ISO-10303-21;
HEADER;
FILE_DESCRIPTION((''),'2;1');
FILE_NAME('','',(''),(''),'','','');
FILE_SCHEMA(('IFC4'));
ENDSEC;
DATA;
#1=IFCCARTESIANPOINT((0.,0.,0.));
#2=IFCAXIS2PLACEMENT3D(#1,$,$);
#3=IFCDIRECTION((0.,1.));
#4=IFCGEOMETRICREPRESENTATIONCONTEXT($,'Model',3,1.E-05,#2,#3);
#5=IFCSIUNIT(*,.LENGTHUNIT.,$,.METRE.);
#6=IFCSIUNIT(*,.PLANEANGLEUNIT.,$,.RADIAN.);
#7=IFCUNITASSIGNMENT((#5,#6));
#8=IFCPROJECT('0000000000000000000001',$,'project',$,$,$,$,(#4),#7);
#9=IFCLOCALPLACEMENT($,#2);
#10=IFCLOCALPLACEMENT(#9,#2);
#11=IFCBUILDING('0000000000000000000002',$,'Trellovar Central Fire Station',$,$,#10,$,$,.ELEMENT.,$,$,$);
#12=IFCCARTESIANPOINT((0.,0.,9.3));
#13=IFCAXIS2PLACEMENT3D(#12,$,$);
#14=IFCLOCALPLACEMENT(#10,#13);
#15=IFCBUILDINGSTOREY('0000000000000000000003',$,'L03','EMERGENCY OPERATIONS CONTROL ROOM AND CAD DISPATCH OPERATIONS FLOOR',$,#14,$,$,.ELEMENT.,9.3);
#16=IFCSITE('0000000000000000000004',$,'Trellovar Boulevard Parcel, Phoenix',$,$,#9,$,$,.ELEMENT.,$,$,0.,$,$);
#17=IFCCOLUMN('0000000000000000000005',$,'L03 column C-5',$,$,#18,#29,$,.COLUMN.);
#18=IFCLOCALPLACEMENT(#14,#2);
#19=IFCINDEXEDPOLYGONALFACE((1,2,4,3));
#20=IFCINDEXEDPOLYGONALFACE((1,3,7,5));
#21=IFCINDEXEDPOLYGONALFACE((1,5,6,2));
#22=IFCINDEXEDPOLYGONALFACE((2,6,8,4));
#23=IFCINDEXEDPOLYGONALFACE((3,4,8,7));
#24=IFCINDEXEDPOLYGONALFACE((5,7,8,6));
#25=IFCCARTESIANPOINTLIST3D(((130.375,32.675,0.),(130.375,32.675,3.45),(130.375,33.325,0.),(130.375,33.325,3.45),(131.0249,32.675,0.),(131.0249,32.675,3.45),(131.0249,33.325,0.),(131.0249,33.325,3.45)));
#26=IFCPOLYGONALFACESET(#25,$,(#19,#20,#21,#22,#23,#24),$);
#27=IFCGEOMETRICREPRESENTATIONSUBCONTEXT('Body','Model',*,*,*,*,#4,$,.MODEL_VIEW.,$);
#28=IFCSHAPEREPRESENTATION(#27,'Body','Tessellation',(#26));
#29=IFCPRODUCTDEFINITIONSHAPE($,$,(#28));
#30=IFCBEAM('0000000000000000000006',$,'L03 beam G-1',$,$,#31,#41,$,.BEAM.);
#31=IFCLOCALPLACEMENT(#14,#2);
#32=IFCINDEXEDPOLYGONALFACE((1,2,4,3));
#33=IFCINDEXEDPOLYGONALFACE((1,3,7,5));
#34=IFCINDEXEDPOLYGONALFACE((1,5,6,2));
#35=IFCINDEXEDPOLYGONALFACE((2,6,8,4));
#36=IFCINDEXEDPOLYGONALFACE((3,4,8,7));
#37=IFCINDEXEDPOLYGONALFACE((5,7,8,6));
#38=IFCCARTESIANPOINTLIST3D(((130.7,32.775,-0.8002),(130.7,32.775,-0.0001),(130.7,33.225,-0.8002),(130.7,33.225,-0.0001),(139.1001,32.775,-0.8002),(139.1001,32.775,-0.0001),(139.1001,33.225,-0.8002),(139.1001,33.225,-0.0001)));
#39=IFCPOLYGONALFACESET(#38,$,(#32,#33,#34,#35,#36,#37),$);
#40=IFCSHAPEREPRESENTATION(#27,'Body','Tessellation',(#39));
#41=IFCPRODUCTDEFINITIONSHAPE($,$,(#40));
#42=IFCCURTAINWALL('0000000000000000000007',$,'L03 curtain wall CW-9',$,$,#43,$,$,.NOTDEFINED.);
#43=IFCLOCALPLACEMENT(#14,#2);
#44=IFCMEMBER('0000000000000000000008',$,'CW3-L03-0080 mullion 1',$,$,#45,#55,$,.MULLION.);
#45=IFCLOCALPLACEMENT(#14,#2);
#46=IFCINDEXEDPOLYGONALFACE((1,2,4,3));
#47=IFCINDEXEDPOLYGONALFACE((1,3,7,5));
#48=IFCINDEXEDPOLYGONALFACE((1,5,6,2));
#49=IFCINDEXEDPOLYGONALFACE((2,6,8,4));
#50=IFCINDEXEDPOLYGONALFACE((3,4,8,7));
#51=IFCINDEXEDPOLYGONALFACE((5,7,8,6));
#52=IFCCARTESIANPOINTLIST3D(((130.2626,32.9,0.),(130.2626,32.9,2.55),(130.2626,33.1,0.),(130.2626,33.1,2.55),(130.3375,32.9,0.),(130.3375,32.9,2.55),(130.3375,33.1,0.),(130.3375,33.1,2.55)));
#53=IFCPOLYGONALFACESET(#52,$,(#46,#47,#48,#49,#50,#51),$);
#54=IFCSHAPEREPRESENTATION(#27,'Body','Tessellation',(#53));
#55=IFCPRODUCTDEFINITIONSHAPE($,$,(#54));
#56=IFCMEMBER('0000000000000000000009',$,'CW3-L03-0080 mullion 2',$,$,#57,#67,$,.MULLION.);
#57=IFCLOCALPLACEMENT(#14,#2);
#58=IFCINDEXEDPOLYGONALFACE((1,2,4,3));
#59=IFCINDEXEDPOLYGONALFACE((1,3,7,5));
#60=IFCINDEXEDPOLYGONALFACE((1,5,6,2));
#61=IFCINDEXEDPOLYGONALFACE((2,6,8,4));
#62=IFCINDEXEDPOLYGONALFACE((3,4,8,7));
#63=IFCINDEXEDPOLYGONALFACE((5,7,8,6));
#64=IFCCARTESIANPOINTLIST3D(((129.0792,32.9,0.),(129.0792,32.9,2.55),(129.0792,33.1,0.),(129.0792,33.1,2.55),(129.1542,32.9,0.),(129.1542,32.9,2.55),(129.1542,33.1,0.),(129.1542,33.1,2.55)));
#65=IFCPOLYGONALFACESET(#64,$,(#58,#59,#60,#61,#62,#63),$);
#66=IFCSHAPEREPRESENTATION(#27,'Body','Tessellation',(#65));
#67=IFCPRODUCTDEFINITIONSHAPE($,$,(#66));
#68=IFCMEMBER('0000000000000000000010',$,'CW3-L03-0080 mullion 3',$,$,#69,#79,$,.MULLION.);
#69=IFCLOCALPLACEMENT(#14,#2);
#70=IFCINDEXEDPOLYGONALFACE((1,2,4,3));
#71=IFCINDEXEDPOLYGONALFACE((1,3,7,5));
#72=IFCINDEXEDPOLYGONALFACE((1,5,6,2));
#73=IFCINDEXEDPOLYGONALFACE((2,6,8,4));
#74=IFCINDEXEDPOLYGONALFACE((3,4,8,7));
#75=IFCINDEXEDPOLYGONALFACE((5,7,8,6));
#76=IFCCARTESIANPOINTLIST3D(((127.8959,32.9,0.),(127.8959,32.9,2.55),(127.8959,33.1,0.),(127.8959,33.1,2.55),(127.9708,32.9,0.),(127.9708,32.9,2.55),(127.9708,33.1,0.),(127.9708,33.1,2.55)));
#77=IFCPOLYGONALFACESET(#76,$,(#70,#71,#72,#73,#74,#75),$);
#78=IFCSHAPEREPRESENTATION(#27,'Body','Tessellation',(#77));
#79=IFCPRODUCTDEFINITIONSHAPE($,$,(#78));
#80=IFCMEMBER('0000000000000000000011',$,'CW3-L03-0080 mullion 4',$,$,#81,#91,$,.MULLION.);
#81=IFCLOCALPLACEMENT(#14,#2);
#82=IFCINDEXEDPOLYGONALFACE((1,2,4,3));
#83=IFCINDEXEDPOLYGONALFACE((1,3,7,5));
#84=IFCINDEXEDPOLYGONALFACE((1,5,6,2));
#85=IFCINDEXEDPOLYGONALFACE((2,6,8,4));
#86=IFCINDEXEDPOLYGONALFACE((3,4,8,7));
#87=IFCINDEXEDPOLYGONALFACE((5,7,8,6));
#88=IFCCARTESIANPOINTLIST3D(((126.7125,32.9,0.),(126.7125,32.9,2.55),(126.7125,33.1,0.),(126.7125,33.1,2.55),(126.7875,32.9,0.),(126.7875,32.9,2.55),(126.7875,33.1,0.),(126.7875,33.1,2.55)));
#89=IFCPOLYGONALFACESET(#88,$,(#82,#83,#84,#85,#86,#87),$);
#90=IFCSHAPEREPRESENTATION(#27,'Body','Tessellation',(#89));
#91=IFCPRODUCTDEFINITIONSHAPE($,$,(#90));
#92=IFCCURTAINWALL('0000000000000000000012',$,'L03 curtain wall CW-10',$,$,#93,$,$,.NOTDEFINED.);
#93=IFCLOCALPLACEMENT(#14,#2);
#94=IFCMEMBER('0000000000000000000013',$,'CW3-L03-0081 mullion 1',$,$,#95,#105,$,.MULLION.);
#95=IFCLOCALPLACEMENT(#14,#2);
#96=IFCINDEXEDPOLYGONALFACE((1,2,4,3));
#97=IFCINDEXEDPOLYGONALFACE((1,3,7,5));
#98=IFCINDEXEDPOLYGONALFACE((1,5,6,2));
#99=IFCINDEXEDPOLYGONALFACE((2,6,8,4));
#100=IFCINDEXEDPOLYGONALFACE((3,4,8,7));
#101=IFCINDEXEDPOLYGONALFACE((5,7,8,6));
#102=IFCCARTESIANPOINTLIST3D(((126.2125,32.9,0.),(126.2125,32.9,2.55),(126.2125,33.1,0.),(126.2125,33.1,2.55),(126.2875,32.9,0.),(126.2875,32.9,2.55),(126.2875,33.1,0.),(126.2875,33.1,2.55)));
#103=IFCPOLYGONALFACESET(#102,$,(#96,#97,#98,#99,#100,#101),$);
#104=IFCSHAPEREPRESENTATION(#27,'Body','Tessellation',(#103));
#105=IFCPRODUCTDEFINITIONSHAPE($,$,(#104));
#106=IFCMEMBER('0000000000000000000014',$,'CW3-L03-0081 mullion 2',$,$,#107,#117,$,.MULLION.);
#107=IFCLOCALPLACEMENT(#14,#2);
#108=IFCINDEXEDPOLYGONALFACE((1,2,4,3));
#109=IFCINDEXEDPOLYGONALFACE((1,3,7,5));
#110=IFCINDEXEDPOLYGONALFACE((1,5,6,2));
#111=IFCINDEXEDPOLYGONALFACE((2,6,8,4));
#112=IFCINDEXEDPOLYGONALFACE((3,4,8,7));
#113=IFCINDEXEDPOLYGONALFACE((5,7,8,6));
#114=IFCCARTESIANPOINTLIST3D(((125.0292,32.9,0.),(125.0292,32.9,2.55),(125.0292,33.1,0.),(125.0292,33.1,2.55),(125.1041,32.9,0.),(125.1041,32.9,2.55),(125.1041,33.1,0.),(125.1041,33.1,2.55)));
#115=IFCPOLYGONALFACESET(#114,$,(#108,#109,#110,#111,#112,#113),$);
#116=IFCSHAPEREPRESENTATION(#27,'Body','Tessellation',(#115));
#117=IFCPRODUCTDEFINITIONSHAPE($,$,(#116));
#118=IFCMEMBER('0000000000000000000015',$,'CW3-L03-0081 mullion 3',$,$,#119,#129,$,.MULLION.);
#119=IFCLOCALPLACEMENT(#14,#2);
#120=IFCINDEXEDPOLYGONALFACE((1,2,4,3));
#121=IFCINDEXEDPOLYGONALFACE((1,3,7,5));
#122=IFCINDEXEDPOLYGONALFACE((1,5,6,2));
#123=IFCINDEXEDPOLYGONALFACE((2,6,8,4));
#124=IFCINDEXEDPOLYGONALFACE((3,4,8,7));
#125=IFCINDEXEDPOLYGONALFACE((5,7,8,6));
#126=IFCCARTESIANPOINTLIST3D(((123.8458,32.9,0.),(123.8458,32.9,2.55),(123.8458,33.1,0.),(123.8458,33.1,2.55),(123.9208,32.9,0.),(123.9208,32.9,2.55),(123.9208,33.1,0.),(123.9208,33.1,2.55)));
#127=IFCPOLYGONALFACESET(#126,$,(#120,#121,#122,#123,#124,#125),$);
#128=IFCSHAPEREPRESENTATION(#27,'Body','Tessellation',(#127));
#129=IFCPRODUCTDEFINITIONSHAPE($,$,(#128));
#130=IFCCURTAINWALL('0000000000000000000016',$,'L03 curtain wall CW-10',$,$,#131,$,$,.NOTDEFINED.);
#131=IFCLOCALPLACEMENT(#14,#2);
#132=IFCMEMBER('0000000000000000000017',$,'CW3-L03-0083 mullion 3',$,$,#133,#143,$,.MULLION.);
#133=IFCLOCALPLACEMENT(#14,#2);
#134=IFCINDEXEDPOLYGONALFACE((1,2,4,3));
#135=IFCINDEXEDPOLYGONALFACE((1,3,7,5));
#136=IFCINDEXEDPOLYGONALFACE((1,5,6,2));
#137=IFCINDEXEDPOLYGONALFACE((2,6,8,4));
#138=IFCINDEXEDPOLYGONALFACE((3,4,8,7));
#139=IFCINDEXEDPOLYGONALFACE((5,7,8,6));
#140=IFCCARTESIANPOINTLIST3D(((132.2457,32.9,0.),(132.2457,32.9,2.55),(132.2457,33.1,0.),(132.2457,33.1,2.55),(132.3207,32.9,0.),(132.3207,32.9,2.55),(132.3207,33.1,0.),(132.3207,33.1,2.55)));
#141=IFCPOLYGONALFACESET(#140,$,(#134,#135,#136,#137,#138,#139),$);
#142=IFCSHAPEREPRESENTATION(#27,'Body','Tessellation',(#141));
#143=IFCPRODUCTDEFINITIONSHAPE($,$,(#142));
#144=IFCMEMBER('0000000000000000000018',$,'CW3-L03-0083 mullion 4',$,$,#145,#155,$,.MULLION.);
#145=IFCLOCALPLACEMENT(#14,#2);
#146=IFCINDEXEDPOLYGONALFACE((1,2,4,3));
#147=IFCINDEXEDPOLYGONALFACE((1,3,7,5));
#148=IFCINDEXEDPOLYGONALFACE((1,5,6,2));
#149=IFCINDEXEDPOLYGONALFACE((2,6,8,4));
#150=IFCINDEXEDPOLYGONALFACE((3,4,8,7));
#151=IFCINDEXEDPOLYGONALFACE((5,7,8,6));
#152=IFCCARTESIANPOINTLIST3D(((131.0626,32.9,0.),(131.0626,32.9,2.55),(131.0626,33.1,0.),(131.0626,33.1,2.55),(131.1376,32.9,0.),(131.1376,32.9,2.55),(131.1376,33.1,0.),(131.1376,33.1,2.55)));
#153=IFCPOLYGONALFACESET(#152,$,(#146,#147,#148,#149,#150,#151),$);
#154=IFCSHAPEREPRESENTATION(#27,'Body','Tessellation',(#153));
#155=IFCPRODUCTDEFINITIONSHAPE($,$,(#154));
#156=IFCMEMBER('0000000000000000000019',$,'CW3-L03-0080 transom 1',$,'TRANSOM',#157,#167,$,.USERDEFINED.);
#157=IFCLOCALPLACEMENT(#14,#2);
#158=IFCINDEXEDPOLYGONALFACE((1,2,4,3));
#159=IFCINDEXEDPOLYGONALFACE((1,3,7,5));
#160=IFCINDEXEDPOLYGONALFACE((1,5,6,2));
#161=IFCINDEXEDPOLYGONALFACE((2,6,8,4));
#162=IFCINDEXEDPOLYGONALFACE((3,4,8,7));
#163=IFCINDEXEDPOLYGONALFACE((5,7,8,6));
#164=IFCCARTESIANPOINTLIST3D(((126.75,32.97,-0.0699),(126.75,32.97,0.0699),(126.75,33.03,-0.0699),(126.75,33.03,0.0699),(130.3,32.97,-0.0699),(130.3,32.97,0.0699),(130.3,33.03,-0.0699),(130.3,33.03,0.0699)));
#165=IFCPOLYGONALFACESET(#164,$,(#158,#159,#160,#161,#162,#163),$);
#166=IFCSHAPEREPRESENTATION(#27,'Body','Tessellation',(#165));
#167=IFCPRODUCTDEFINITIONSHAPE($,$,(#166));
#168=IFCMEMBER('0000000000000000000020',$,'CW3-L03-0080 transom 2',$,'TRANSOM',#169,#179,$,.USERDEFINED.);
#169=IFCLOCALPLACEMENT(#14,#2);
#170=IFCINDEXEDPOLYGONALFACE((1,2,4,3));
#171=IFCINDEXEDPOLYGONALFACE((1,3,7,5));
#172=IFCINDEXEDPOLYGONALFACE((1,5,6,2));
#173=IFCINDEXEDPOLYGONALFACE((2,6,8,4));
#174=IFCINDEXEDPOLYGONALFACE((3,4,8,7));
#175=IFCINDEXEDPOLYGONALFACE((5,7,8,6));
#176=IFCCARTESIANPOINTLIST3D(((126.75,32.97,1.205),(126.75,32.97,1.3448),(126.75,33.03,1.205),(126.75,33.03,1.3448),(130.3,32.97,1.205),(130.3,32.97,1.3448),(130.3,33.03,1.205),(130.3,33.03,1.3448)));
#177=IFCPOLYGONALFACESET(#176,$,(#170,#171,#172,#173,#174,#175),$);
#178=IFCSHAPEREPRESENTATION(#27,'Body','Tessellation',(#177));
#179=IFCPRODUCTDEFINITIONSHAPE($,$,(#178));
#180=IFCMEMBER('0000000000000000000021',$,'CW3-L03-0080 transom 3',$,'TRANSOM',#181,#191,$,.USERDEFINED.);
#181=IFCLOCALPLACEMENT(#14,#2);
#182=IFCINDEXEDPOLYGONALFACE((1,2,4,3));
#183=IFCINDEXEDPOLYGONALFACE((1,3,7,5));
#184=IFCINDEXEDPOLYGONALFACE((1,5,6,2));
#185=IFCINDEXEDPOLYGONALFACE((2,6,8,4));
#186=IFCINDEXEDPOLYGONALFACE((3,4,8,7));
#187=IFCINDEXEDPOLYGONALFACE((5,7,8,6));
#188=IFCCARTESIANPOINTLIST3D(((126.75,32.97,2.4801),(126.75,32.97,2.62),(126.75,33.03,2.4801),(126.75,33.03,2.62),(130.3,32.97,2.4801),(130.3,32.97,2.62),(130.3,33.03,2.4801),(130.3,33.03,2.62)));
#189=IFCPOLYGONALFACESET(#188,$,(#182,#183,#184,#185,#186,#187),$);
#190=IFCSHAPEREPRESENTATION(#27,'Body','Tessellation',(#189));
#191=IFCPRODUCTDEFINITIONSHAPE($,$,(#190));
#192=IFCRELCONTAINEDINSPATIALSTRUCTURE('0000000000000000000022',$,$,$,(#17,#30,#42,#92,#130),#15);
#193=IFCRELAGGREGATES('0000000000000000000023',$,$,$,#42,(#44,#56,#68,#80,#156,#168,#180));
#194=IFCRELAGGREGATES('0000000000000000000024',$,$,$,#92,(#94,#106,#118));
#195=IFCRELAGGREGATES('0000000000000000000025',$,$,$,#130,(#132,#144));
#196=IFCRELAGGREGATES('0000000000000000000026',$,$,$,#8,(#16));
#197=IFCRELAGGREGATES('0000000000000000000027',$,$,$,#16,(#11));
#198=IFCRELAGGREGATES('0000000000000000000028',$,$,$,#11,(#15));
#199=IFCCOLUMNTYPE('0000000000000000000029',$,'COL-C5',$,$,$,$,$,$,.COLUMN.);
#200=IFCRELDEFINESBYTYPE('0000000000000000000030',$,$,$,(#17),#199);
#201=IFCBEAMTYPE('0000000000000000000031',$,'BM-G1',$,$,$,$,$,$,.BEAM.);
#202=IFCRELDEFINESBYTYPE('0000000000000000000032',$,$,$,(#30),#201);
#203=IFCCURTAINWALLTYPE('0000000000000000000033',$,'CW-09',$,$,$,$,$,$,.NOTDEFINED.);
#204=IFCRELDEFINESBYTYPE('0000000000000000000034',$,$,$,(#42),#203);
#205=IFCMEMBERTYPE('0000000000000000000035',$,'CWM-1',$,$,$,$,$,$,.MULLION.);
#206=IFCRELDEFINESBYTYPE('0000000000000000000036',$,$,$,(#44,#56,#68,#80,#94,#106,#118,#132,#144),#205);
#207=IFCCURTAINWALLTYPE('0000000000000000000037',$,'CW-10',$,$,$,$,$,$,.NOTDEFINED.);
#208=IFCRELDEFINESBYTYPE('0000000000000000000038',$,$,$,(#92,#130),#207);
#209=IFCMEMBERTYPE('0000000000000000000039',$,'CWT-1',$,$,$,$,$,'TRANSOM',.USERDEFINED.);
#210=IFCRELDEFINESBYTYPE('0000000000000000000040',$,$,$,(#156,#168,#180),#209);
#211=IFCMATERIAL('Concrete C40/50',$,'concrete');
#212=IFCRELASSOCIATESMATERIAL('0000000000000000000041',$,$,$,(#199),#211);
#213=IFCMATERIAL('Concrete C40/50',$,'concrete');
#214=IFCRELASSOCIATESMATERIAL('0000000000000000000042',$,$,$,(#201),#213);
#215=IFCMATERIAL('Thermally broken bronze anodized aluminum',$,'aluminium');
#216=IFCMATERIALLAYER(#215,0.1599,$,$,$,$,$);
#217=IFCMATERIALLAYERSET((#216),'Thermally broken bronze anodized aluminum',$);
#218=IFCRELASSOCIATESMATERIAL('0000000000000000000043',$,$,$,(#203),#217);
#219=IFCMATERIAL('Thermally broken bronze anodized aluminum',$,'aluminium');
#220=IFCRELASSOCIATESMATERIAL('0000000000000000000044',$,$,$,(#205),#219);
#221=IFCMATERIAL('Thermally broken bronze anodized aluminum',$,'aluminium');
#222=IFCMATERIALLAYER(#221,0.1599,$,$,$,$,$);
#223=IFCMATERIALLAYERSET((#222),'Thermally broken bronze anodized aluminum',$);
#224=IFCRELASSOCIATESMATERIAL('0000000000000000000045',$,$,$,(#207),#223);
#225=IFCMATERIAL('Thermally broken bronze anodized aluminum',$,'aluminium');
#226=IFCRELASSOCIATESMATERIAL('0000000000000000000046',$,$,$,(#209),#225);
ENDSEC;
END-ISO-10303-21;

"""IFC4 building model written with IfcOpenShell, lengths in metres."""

from ifc_helpers import new_model, si_unit, direction, frame, origin, origin_2d, place, context, subcontext, project, spatial, rectangle, extrude, material, layer, layer_set, material_profile, profile_set, type_object, element, aggregate, save


model = new_model("IFC4")

# Units and contexts
model_context = context("Model", 3, precision=1e-05, world=origin(), true_north=direction((0.0, 1.0)))
body_context = subcontext(model_context, "Body", "Model", "MODEL_VIEW")
ifc_project = project(units=[si_unit("LENGTHUNIT", "METRE"), si_unit("PLANEANGLEUNIT", "RADIAN")], contexts=[model_context])

# Site, building, storey
site_placement = place(None, origin())
site = spatial("IfcSite", under=ifc_project, at=site_placement, Name="Trellovar Boulevard Parcel, Phoenix", CompositionType="ELEMENT", RefElevation=0.0)
building_placement = place(site_placement, origin())
building = spatial("IfcBuilding", under=site, at=building_placement, Name="Trellovar Central Fire Station", CompositionType="ELEMENT")
storey_placement = place(building_placement, frame((0.0, 0.0, 9.3)))
storey = spatial("IfcBuildingStorey", under=building, at=storey_placement, Name="L03", Description="EMERGENCY OPERATIONS CONTROL ROOM AND CAD DISPATCH OPERATIONS FLOOR", CompositionType="ELEMENT", Elevation=9.3)

# Column
ifc_material_1 = material(Name="Concrete C40/50", Category="concrete")
ifc_material_profile_1 = material_profile(ifc_material_1, rectangle(XDim=0.6499, YDim=0.6499, at=origin_2d()), Name="RC650X650")
ifc_profile_set_1 = profile_set([ifc_material_profile_1], Name="Concrete C40/50")
column_type = type_object("IfcColumnType", Name="COL-C5", PredefinedType="COLUMN", material=ifc_profile_set_1)
column_placement = place(storey_placement, frame((130.7, 33.0, 0.0), z_axis=(0.0, 0.0, 1.0), x_axis=(1.0, 0.0, 0.0)))
element("IfcColumn", 1, at=column_placement, inside=storey, type_object=column_type, Name="L03 column C-5", PredefinedType="COLUMN", context=body_context, shape_type="SweptSolid", body=[
    extrude(rectangle(XDim=0.6499, YDim=0.6499, at=origin_2d()), origin(), (0.0, 0.0, 1.0), 3.45),
])

# Beam
ifc_material_2 = material(Name="Concrete C40/50", Category="concrete")
ifc_material_profile_2 = material_profile(ifc_material_2, rectangle(XDim=0.45, YDim=0.8, at=origin_2d()), Name="RC450X800")
ifc_profile_set_2 = profile_set([ifc_material_profile_2], Name="Concrete C40/50")
beam_type = type_object("IfcBeamType", Name="BM-G1", PredefinedType="BEAM", material=ifc_profile_set_2)
beam_placement = place(storey_placement, frame((130.7, 33.0, -0.4001), z_axis=(1.0, 0.0, 0.0), x_axis=(0.0, 1.0, 0.0)))
element("IfcBeam", 2, at=beam_placement, inside=storey, type_object=beam_type, Name="L03 beam G-1", PredefinedType="BEAM", context=body_context, shape_type="SweptSolid", body=[
    extrude(rectangle(XDim=0.45, YDim=0.8, at=origin_2d()), origin(), (0.0, 0.0, 1.0), 8.4001),
])

# Curtain walls, members
ifc_material_3 = material(Name="Thermally broken bronze anodized aluminum", Category="aluminium")
ifc_layer_1 = layer(ifc_material_3, 0.1599)
ifc_layer_set_1 = layer_set([ifc_layer_1], Name="Thermally broken bronze anodized aluminum")
curtain_wall_type_1 = type_object("IfcCurtainWallType", Name="CW-09", PredefinedType="NOTDEFINED", material=ifc_layer_set_1)
curtain_wall_1_placement = place(storey_placement, origin())
curtain_wall_1 = element("IfcCurtainWall", 3, at=curtain_wall_1_placement, inside=storey, type_object=curtain_wall_type_1, Name="L03 curtain wall CW-9", PredefinedType="NOTDEFINED")
ifc_material_4 = material(Name="Thermally broken bronze anodized aluminum", Category="aluminium")
ifc_material_profile_3 = material_profile(ifc_material_4, rectangle(XDim=0.075, YDim=0.2, at=origin_2d()), Name="ALU75X200")
ifc_profile_set_3 = profile_set([ifc_material_profile_3], Name="Thermally broken bronze anodized aluminum")
member_type_1 = type_object("IfcMemberType", Name="CWM-1", PredefinedType="MULLION", material=ifc_profile_set_3)
member_1_placement = place(storey_placement, frame((130.3, 33.0, 0.0), z_axis=(0.0, 0.0, 1.0), x_axis=(1.0, 0.0, 0.0)))
member_1 = element("IfcMember", 4, at=member_1_placement, type_object=member_type_1, Name="CW3-L03-0080 mullion 1", PredefinedType="MULLION", context=body_context, shape_type="SweptSolid", body=[
    extrude(rectangle(XDim=0.075, YDim=0.2, at=origin_2d()), origin(), (0.0, 0.0, 1.0), 2.55),
])
member_2_placement = place(storey_placement, frame((129.1167, 33.0, 0.0), z_axis=(0.0, 0.0, 1.0), x_axis=(1.0, 0.0, 0.0)))
member_2 = element("IfcMember", 5, at=member_2_placement, type_object=member_type_1, Name="CW3-L03-0080 mullion 2", PredefinedType="MULLION", context=body_context, shape_type="SweptSolid", body=[
    extrude(rectangle(XDim=0.075, YDim=0.2, at=origin_2d()), origin(), (0.0, 0.0, 1.0), 2.55),
])
member_3_placement = place(storey_placement, frame((127.9333, 33.0, 0.0), z_axis=(0.0, 0.0, 1.0), x_axis=(1.0, 0.0, 0.0)))
member_3 = element("IfcMember", 6, at=member_3_placement, type_object=member_type_1, Name="CW3-L03-0080 mullion 3", PredefinedType="MULLION", context=body_context, shape_type="SweptSolid", body=[
    extrude(rectangle(XDim=0.075, YDim=0.2, at=origin_2d()), origin(), (0.0, 0.0, 1.0), 2.55),
])
member_4_placement = place(storey_placement, frame((126.75, 33.0, 0.0), z_axis=(0.0, 0.0, 1.0), x_axis=(1.0, 0.0, 0.0)))
member_4 = element("IfcMember", 7, at=member_4_placement, type_object=member_type_1, Name="CW3-L03-0080 mullion 4", PredefinedType="MULLION", context=body_context, shape_type="SweptSolid", body=[
    extrude(rectangle(XDim=0.075, YDim=0.2, at=origin_2d()), origin(), (0.0, 0.0, 1.0), 2.55),
])
ifc_material_5 = material(Name="Thermally broken bronze anodized aluminum", Category="aluminium")
ifc_layer_2 = layer(ifc_material_5, 0.1599)
ifc_layer_set_2 = layer_set([ifc_layer_2], Name="Thermally broken bronze anodized aluminum")
curtain_wall_type_2 = type_object("IfcCurtainWallType", Name="CW-10", PredefinedType="NOTDEFINED", material=ifc_layer_set_2)
curtain_wall_2_placement = place(storey_placement, origin())
curtain_wall_2 = element("IfcCurtainWall", 8, at=curtain_wall_2_placement, inside=storey, type_object=curtain_wall_type_2, Name="L03 curtain wall CW-10", PredefinedType="NOTDEFINED")
member_5_placement = place(storey_placement, frame((126.25, 33.0, 0.0), z_axis=(0.0, 0.0, 1.0), x_axis=(1.0, 0.0, 0.0)))
member_5 = element("IfcMember", 9, at=member_5_placement, type_object=member_type_1, Name="CW3-L03-0081 mullion 1", PredefinedType="MULLION", context=body_context, shape_type="SweptSolid", body=[
    extrude(rectangle(XDim=0.075, YDim=0.2, at=origin_2d()), origin(), (0.0, 0.0, 1.0), 2.55),
])
member_6_placement = place(storey_placement, frame((125.0667, 33.0, 0.0), z_axis=(0.0, 0.0, 1.0), x_axis=(1.0, 0.0, 0.0)))
member_6 = element("IfcMember", 10, at=member_6_placement, type_object=member_type_1, Name="CW3-L03-0081 mullion 2", PredefinedType="MULLION", context=body_context, shape_type="SweptSolid", body=[
    extrude(rectangle(XDim=0.075, YDim=0.2, at=origin_2d()), origin(), (0.0, 0.0, 1.0), 2.55),
])
member_7_placement = place(storey_placement, frame((123.8833, 33.0, 0.0), z_axis=(0.0, 0.0, 1.0), x_axis=(1.0, 0.0, 0.0)))
member_7 = element("IfcMember", 11, at=member_7_placement, type_object=member_type_1, Name="CW3-L03-0081 mullion 3", PredefinedType="MULLION", context=body_context, shape_type="SweptSolid", body=[
    extrude(rectangle(XDim=0.075, YDim=0.2, at=origin_2d()), origin(), (0.0, 0.0, 1.0), 2.55),
])
curtain_wall_3_placement = place(storey_placement, origin())
curtain_wall_3 = element("IfcCurtainWall", 12, at=curtain_wall_3_placement, inside=storey, type_object=curtain_wall_type_2, Name="L03 curtain wall CW-10", PredefinedType="NOTDEFINED")
member_8_placement = place(storey_placement, frame((132.2832, 33.0, 0.0), z_axis=(0.0, 0.0, 1.0), x_axis=(1.0, 0.0, 0.0)))
member_8 = element("IfcMember", 13, at=member_8_placement, type_object=member_type_1, Name="CW3-L03-0083 mullion 3", PredefinedType="MULLION", context=body_context, shape_type="SweptSolid", body=[
    extrude(rectangle(XDim=0.075, YDim=0.2, at=origin_2d()), origin(), (0.0, 0.0, 1.0), 2.55),
])
member_9_placement = place(storey_placement, frame((131.1001, 33.0, 0.0), z_axis=(0.0, 0.0, 1.0), x_axis=(1.0, 0.0, 0.0)))
member_9 = element("IfcMember", 14, at=member_9_placement, type_object=member_type_1, Name="CW3-L03-0083 mullion 4", PredefinedType="MULLION", context=body_context, shape_type="SweptSolid", body=[
    extrude(rectangle(XDim=0.075, YDim=0.2, at=origin_2d()), origin(), (0.0, 0.0, 1.0), 2.55),
])

# Members
ifc_material_6 = material(Name="Thermally broken bronze anodized aluminum", Category="aluminium")
ifc_material_profile_4 = material_profile(ifc_material_6, rectangle(XDim=0.0601, YDim=0.1399, at=origin_2d()), Name="ALU60X140")
ifc_profile_set_4 = profile_set([ifc_material_profile_4], Name="Thermally broken bronze anodized aluminum")
member_type_2 = type_object("IfcMemberType", Name="CWT-1", ElementType="TRANSOM", PredefinedType="USERDEFINED", material=ifc_profile_set_4)
member_10_placement = place(storey_placement, frame((130.3, 33.0, 0.0), z_axis=(-1.0, 0.0, 0.0), x_axis=(0.0, -1.0, 0.0)))
member_10 = element("IfcMember", 15, at=member_10_placement, type_object=member_type_2, Name="CW3-L03-0080 transom 1", ObjectType="TRANSOM", PredefinedType="USERDEFINED", context=body_context, shape_type="SweptSolid", body=[
    extrude(rectangle(XDim=0.0601, YDim=0.1399, at=origin_2d()), origin(), (0.0, 0.0, 1.0), 3.55),
])
member_11_placement = place(storey_placement, frame((130.3, 33.0, 1.2749), z_axis=(-1.0, 0.0, 0.0), x_axis=(0.0, -1.0, 0.0)))
member_11 = element("IfcMember", 16, at=member_11_placement, type_object=member_type_2, Name="CW3-L03-0080 transom 2", ObjectType="TRANSOM", PredefinedType="USERDEFINED", context=body_context, shape_type="SweptSolid", body=[
    extrude(rectangle(XDim=0.0601, YDim=0.1399, at=origin_2d()), origin(), (0.0, 0.0, 1.0), 3.55),
])
member_12_placement = place(storey_placement, frame((130.3, 33.0, 2.55), z_axis=(-1.0, 0.0, 0.0), x_axis=(0.0, -1.0, 0.0)))
member_12 = element("IfcMember", 17, at=member_12_placement, type_object=member_type_2, Name="CW3-L03-0080 transom 3", ObjectType="TRANSOM", PredefinedType="USERDEFINED", context=body_context, shape_type="SweptSolid", body=[
    extrude(rectangle(XDim=0.0601, YDim=0.1399, at=origin_2d()), origin(), (0.0, 0.0, 1.0), 3.55),
])

aggregate(curtain_wall_1, [member_1, member_2, member_3, member_4, member_10, member_11, member_12])
aggregate(curtain_wall_2, [member_5, member_6, member_7])
aggregate(curtain_wall_3, [member_8, member_9])

save(model, "model.ifc")
